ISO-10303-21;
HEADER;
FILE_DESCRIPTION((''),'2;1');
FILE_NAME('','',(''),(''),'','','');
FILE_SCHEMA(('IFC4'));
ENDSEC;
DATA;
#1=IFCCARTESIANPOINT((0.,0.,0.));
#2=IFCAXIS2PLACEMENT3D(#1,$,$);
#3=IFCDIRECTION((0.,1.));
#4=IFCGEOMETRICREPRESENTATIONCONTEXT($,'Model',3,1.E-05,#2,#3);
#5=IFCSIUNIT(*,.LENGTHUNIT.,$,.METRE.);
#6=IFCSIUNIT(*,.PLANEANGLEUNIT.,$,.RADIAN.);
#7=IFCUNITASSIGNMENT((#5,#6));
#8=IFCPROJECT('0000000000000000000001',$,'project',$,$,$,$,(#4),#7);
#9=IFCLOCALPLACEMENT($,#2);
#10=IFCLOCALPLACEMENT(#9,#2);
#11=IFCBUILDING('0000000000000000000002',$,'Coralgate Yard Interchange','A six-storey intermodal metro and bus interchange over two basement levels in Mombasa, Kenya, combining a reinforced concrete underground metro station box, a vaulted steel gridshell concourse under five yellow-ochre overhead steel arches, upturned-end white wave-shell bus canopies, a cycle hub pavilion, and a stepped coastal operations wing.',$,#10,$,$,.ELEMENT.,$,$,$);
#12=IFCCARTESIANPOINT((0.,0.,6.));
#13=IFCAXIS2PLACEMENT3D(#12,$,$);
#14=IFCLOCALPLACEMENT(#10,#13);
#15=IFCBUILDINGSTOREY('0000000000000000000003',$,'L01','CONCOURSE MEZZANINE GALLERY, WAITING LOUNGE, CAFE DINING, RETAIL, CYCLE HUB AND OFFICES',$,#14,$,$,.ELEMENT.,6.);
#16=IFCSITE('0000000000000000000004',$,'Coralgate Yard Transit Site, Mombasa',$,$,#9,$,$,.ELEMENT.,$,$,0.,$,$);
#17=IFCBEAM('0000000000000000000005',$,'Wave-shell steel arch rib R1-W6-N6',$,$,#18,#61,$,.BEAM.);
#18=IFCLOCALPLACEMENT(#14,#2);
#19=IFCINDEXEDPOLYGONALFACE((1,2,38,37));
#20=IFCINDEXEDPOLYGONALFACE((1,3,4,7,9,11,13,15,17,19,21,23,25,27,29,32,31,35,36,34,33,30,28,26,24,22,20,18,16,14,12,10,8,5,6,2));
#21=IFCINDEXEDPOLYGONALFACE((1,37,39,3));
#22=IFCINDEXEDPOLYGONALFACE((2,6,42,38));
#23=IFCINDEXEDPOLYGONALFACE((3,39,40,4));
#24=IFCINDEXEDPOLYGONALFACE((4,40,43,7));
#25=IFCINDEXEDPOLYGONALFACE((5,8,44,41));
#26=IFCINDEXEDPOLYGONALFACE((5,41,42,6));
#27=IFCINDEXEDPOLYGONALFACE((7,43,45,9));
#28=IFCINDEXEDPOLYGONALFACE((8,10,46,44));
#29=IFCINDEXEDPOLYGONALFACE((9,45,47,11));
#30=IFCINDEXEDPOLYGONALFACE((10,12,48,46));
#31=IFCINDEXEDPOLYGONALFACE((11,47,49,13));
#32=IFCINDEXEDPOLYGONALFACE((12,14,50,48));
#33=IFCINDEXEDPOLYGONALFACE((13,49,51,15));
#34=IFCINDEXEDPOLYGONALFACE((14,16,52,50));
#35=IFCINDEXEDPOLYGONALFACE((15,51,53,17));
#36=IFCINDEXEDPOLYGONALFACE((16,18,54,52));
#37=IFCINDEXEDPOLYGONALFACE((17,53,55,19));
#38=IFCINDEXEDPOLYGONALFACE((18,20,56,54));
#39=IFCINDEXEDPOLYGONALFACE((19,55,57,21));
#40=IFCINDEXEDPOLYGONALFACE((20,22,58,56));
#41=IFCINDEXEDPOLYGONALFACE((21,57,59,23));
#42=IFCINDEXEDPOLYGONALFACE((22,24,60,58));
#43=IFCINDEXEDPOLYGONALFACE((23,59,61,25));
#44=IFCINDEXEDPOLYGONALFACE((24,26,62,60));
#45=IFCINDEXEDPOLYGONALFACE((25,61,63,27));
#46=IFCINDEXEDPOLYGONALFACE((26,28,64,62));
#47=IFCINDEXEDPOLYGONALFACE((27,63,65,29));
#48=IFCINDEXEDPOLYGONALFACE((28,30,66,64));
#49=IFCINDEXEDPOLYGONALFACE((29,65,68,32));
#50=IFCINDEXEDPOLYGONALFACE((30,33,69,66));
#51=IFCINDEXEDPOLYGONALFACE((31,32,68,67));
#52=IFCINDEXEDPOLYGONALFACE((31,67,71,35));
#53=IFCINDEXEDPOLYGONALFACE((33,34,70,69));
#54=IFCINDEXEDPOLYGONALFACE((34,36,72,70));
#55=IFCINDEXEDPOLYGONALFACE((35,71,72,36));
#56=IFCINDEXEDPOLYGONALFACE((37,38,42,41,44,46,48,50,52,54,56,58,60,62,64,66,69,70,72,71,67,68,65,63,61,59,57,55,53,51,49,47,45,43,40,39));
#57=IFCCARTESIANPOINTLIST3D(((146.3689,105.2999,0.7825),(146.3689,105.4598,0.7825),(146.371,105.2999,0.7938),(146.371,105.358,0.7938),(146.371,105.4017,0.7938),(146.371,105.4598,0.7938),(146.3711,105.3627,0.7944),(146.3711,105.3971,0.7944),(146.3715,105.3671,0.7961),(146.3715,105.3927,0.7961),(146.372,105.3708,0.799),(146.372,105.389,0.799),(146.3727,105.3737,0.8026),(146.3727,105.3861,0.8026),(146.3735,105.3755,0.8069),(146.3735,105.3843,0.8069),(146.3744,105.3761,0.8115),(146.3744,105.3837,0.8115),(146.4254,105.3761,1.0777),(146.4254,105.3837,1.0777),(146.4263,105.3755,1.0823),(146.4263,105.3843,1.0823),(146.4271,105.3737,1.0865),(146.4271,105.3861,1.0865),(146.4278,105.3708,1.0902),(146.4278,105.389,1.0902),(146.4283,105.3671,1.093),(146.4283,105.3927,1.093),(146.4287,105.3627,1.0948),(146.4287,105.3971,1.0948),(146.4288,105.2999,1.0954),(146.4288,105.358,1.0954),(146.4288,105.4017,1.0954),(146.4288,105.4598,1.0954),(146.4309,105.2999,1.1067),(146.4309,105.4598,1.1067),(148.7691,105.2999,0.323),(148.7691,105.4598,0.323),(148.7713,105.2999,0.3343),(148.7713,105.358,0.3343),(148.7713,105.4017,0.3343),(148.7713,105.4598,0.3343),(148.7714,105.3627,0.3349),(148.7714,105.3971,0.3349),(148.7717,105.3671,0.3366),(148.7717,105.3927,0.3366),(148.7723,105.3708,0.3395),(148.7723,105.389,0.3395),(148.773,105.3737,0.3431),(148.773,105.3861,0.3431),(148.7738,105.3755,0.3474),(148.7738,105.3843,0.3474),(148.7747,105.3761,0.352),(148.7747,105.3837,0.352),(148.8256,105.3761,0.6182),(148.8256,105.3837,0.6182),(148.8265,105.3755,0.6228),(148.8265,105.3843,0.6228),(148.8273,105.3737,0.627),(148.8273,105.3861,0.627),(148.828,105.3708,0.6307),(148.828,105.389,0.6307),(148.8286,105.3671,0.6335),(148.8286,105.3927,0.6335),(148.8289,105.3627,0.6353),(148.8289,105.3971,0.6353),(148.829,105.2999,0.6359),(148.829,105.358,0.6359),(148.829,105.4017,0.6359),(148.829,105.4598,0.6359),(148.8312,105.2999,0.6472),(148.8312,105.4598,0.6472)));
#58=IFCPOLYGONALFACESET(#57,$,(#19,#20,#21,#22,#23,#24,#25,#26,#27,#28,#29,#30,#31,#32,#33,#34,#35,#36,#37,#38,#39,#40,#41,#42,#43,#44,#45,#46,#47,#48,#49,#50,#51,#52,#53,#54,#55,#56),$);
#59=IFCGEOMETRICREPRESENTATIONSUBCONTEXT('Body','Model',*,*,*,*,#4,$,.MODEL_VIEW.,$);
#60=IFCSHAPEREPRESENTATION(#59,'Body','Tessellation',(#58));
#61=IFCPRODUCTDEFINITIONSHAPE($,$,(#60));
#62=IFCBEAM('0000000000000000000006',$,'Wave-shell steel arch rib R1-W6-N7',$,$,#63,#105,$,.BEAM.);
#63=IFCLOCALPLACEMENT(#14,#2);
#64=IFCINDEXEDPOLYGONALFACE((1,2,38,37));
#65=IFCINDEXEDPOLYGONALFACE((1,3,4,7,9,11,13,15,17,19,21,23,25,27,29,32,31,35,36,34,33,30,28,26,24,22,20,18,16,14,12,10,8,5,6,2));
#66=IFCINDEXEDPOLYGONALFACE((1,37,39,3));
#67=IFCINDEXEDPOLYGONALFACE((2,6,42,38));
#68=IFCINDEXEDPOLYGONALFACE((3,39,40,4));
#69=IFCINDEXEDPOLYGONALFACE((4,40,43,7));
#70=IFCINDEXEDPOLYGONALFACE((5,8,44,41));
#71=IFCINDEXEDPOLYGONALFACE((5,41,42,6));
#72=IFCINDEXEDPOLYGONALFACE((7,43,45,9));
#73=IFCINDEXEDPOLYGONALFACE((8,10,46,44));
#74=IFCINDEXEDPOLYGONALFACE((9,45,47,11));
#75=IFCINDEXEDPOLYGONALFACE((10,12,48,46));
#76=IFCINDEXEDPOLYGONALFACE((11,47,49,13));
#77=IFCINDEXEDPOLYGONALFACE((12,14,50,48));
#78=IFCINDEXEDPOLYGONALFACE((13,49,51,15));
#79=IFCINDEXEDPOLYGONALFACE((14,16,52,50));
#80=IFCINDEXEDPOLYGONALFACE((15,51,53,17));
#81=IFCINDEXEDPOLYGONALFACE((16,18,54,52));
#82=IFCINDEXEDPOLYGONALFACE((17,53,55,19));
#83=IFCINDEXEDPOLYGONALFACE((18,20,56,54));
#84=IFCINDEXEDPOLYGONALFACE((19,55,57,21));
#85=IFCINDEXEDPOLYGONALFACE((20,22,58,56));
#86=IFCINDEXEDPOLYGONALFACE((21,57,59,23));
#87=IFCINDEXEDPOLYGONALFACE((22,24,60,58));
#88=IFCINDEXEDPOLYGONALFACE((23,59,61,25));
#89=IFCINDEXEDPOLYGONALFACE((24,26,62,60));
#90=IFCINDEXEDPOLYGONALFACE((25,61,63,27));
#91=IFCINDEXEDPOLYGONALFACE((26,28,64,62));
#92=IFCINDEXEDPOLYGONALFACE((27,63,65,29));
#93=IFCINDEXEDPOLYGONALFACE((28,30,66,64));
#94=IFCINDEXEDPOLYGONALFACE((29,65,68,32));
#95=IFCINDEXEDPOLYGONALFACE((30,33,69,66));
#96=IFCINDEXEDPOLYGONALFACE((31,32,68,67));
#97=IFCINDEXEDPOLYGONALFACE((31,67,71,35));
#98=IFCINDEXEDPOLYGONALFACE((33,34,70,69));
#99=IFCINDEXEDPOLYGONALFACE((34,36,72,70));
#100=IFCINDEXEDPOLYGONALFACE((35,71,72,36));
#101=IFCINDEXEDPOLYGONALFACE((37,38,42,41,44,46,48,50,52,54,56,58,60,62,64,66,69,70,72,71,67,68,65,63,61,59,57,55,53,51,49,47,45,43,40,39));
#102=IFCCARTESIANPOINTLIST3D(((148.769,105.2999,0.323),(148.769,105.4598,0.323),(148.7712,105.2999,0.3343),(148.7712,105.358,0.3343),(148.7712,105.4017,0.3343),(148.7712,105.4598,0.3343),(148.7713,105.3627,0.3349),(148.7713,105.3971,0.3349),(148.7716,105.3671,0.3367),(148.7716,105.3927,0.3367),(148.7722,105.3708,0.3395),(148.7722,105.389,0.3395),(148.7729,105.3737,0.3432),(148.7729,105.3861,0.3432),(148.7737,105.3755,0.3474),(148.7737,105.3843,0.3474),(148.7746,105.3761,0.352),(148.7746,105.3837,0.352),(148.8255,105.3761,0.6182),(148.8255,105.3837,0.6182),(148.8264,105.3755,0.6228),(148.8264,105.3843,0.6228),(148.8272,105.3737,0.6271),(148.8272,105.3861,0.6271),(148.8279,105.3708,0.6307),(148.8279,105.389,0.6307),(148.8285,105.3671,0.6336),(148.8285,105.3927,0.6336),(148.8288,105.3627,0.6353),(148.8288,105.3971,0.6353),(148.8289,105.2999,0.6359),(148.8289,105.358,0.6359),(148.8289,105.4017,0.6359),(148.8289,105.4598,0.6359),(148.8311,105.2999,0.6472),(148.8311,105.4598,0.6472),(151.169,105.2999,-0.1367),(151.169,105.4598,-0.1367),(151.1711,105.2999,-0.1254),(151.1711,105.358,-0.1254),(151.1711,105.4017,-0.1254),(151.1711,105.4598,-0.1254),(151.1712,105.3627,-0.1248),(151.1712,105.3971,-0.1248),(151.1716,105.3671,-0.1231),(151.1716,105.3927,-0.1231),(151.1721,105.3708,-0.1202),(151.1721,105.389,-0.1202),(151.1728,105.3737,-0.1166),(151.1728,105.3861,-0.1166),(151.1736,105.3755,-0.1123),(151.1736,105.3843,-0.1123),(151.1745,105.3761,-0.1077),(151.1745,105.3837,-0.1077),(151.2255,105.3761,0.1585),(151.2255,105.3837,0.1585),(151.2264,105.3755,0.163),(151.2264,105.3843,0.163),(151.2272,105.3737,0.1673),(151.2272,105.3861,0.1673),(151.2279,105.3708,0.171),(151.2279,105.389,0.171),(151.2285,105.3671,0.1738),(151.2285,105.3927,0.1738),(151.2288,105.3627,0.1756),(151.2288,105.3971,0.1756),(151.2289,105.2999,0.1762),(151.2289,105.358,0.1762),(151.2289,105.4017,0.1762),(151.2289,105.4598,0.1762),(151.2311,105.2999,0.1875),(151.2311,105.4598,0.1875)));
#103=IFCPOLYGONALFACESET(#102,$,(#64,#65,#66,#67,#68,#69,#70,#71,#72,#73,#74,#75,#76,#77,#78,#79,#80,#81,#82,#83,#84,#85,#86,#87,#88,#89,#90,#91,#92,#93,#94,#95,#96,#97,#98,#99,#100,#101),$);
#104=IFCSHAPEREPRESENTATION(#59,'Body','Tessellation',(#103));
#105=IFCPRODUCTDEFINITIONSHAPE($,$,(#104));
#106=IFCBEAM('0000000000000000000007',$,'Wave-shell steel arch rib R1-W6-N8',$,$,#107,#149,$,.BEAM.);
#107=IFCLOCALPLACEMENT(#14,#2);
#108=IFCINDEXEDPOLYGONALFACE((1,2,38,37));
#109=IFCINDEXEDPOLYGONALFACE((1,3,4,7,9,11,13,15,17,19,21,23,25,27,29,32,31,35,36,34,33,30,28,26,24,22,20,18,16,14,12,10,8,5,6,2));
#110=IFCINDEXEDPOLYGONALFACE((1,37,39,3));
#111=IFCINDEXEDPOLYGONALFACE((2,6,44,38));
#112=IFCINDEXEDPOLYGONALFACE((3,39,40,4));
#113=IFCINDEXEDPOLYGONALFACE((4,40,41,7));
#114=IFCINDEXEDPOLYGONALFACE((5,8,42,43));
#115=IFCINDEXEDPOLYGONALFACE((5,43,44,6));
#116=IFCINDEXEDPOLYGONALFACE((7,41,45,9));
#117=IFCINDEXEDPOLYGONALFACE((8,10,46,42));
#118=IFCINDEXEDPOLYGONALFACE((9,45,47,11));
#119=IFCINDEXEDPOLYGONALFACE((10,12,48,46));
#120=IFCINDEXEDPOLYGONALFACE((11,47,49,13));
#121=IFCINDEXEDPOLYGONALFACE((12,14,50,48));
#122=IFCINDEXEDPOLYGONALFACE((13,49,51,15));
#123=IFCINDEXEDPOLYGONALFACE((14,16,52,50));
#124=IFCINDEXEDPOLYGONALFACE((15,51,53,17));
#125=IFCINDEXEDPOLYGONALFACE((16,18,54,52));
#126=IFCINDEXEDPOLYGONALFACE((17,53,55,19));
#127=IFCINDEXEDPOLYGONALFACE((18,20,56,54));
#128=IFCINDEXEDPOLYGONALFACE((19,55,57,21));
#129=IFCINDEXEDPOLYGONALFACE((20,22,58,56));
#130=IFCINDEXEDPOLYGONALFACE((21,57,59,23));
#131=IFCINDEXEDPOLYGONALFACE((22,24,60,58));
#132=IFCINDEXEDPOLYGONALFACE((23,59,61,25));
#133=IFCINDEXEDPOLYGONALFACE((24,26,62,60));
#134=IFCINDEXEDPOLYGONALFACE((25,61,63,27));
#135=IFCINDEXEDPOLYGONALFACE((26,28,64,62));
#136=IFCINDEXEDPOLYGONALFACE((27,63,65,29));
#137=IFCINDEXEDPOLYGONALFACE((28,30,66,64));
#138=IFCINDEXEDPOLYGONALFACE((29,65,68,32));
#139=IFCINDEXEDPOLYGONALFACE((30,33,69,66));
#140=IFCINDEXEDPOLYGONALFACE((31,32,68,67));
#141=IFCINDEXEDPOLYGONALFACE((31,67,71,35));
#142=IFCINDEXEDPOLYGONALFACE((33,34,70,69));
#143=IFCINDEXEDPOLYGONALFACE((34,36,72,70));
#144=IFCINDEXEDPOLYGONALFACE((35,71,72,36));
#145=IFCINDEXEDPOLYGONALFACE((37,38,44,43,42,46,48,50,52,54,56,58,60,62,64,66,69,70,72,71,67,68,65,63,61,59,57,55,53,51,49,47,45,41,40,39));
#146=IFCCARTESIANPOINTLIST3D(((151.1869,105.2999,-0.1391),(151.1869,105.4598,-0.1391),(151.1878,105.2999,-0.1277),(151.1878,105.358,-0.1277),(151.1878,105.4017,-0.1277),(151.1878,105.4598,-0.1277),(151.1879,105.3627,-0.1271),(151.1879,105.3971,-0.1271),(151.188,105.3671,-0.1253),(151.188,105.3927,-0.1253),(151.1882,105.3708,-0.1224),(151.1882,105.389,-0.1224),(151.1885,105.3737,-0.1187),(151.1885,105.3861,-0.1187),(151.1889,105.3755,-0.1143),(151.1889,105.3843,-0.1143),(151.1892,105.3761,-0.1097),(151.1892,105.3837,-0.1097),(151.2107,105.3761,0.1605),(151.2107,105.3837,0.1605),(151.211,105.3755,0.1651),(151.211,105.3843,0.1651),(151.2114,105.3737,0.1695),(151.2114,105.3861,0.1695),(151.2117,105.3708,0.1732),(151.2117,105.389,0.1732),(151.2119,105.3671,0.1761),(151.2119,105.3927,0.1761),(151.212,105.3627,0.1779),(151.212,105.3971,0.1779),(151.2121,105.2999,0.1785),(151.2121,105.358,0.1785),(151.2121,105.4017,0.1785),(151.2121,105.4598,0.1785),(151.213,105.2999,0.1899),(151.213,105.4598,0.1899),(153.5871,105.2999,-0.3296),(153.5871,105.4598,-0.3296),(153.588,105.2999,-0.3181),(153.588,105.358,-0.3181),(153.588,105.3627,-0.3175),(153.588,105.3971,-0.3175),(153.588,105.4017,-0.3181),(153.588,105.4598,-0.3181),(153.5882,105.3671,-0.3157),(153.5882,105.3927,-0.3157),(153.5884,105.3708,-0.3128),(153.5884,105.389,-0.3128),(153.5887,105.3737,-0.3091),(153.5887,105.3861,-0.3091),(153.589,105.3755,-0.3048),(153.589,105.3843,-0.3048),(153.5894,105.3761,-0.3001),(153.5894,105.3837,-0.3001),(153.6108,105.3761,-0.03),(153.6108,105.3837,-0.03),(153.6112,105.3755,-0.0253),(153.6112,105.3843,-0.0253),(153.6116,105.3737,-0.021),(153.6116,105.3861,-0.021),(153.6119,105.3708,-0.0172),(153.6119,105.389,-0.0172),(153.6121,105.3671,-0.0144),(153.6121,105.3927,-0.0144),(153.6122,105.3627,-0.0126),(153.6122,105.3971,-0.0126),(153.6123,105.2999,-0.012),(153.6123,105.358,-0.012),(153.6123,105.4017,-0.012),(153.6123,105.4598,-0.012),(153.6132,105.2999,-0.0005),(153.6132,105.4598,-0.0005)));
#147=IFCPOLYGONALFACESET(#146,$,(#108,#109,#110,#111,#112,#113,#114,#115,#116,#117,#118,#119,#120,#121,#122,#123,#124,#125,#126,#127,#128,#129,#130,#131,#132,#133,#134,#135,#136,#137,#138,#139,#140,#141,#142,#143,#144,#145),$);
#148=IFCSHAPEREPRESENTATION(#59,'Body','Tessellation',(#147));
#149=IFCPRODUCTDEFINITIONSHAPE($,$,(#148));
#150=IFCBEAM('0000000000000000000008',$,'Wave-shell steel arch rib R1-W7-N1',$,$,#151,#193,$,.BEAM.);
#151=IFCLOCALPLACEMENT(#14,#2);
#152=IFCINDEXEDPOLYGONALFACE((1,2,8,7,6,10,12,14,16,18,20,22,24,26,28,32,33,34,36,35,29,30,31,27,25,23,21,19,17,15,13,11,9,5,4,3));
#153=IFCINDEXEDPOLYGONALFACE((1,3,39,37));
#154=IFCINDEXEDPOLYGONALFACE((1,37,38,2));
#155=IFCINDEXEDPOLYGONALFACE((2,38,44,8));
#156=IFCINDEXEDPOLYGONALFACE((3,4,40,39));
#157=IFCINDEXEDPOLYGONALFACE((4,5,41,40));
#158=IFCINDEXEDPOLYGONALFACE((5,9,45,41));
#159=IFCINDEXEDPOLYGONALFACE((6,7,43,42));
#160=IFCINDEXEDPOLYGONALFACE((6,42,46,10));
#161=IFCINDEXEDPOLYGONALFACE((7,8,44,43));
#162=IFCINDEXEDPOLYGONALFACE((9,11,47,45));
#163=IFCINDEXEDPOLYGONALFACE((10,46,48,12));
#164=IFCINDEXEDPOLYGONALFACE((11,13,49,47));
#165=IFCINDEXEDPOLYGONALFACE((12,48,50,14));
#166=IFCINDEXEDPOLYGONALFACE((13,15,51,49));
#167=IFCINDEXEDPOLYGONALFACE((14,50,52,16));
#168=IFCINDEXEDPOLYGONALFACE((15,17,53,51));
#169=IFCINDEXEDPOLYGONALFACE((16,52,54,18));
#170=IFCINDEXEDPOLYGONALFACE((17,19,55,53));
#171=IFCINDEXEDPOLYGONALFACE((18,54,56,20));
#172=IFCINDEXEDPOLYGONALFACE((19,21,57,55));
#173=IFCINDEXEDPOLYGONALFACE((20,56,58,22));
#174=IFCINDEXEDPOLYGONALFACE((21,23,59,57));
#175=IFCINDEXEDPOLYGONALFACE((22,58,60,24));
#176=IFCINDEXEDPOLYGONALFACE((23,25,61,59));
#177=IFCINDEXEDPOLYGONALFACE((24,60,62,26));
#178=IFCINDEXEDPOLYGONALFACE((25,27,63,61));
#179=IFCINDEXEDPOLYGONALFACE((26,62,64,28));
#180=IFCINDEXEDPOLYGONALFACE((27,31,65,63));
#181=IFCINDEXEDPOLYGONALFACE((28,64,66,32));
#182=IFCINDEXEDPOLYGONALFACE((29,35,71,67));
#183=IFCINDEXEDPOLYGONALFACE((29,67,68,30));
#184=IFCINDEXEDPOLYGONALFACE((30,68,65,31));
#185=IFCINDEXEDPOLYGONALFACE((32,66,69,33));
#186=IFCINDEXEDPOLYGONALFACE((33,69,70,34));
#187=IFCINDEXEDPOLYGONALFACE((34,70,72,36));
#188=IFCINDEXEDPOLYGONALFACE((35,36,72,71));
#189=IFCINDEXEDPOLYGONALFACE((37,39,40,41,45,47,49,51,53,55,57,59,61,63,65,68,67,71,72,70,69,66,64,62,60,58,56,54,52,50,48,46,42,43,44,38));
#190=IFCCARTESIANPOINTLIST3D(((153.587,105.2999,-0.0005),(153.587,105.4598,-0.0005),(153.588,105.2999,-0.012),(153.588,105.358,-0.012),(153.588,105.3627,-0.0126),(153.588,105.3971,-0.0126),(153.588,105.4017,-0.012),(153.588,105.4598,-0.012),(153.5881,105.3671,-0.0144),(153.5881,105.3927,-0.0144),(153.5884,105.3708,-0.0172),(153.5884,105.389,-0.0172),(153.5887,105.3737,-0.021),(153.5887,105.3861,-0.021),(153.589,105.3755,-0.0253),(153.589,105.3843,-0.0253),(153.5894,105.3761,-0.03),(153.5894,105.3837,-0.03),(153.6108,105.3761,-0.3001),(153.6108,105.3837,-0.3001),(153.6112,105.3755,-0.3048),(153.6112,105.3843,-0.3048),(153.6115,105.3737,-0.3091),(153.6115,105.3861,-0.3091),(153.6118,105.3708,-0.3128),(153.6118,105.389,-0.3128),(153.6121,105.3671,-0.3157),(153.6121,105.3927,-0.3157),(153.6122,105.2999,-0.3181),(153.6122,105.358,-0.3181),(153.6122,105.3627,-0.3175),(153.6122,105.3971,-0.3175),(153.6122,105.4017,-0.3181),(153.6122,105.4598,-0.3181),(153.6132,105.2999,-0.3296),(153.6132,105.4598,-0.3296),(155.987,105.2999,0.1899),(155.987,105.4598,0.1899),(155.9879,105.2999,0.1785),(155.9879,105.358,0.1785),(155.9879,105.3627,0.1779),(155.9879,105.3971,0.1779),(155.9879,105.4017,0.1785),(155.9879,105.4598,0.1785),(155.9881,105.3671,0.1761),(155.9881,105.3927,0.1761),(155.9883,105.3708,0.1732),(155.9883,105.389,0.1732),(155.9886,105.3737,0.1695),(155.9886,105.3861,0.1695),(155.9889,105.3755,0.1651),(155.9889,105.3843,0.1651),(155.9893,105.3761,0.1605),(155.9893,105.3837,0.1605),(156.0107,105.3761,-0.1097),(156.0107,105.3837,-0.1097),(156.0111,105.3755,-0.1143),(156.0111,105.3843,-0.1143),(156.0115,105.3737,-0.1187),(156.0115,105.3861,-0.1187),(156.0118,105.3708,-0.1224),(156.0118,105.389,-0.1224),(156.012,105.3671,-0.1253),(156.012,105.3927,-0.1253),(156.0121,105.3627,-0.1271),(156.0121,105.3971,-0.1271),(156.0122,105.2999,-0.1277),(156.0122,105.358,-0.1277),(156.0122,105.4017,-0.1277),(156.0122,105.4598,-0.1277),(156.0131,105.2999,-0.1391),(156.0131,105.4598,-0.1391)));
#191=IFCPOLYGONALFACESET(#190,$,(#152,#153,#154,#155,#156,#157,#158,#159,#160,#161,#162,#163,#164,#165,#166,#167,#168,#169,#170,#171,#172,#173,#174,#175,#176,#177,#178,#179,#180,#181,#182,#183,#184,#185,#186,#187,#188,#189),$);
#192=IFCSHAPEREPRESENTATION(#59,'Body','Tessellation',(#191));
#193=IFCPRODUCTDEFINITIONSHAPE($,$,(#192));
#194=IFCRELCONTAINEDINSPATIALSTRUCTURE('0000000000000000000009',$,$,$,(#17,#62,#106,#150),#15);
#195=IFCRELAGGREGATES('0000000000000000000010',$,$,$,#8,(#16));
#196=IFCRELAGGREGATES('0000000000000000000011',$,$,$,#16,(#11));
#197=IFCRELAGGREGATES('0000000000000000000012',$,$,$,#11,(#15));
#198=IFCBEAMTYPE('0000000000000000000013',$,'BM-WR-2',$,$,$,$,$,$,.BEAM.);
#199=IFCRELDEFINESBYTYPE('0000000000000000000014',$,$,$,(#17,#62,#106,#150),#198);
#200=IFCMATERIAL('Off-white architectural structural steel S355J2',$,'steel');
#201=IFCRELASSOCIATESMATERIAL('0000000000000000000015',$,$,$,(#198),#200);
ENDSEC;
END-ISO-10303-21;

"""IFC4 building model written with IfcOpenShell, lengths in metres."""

from ifc_helpers import new_model, si_unit, direction, frame, origin, origin_2d, place, context, subcontext, project, spatial, i_section, extrude, material, material_profile, profile_set, type_object, element, save


model = new_model("IFC4")

# Units and contexts
model_context = context("Model", 3, precision=1e-05, world=origin(), true_north=direction((0.0, 1.0)))
body_context = subcontext(model_context, "Body", "Model", "MODEL_VIEW")
ifc_project = project(units=[si_unit("LENGTHUNIT", "METRE"), si_unit("PLANEANGLEUNIT", "RADIAN")], contexts=[model_context])

# Site, building, storey
site_placement = place(None, origin())
site = spatial("IfcSite", under=ifc_project, at=site_placement, Name="Coralgate Yard Transit Site, Mombasa", CompositionType="ELEMENT", RefElevation=0.0)
building_placement = place(site_placement, origin())
building = spatial("IfcBuilding", under=site, at=building_placement, Name="Coralgate Yard Interchange", Description="A six-storey intermodal metro and bus interchange over two basement levels in Mombasa, Kenya, combining a reinforced concrete underground metro station box, a vaulted steel gridshell concourse under five yellow-ochre overhead steel arches, upturned-end white wave-shell bus canopies, a cycle hub pavilion, and a stepped coastal operations wing.", CompositionType="ELEMENT")
storey_placement = place(building_placement, frame((0.0, 0.0, 6.0)))
storey = spatial("IfcBuildingStorey", under=building, at=storey_placement, Name="L01", Description="CONCOURSE MEZZANINE GALLERY, WAITING LOUNGE, CAFE DINING, RETAIL, CYCLE HUB AND OFFICES", CompositionType="ELEMENT", Elevation=6.0)

# Beams
ifc_material_1 = material(Name="Off-white architectural structural steel S355J2", Category="steel")
ifc_material_profile_1 = material_profile(ifc_material_1, i_section(OverallWidth=0.1599, OverallDepth=0.3301, WebThickness=0.0076, FlangeThickness=0.0115, FilletRadius=0.0181, at=origin_2d()), Name="IPE 330")
ifc_profile_set_1 = profile_set([ifc_material_profile_1], Name="Off-white architectural structural steel S355J2")
beam_type_1 = type_object("IfcBeamType", Name="BM-WR-2", PredefinedType="BEAM", material=ifc_profile_set_1)
beam_1_placement = place(storey_placement, frame((146.3999, 105.3799, 0.9446), z_axis=(0.982165, 0.0, -0.188021), x_axis=(0.0, 1.0, 0.0)))
element("IfcBeam", 1, at=beam_1_placement, inside=storey, type_object=beam_type_1, Name="Wave-shell steel arch rib R1-W6-N6", PredefinedType="BEAM", context=body_context, shape_type="SweptSolid", body=[
    extrude(i_section(OverallWidth=0.1599, OverallDepth=0.3301, WebThickness=0.0076, FlangeThickness=0.0115, FilletRadius=0.0181, at=origin_2d()), origin(), (0.0, 0.0, 1.0), 2.4438),
])
beam_2_placement = place(storey_placement, frame((148.8, 105.3799, 0.4851), z_axis=(0.982143, 0.0, -0.188136), x_axis=(0.0, 1.0, 0.0)))
element("IfcBeam", 2, at=beam_2_placement, inside=storey, type_object=beam_type_1, Name="Wave-shell steel arch rib R1-W6-N7", PredefinedType="BEAM", context=body_context, shape_type="SweptSolid", body=[
    extrude(i_section(OverallWidth=0.1599, OverallDepth=0.3301, WebThickness=0.0076, FlangeThickness=0.0115, FilletRadius=0.0181, at=origin_2d()), origin(), (0.0, 0.0, 1.0), 2.4436),
])
beam_3_placement = place(storey_placement, frame((151.2, 105.3799, 0.0254), z_axis=(0.996867, 0.0, -0.079092), x_axis=(0.0, 1.0, 0.0)))
element("IfcBeam", 3, at=beam_3_placement, inside=storey, type_object=beam_type_1, Name="Wave-shell steel arch rib R1-W6-N8", PredefinedType="BEAM", context=body_context, shape_type="SweptSolid", body=[
    extrude(i_section(OverallWidth=0.1599, OverallDepth=0.3301, WebThickness=0.0076, FlangeThickness=0.0115, FilletRadius=0.0181, at=origin_2d()), origin(), (0.0, 0.0, 1.0), 2.4077),
])
for number, where, z_axis, x_axis, name in (
    (4, (153.6001, 105.3799, -0.165), (0.996867, 0.0, 0.0791), (0.0, 1.0, 0.0), "Wave-shell steel arch rib R1-W7-N1"),
):
    element("IfcBeam", number, at=place(storey_placement, frame(where, z_axis=z_axis, x_axis=x_axis)), inside=storey, type_object=beam_type_1, Name=name, PredefinedType="BEAM", context=body_context, shape_type="SweptSolid", body=[
        extrude(i_section(OverallWidth=0.1599, OverallDepth=0.3301, WebThickness=0.0076, FlangeThickness=0.0115, FilletRadius=0.0181, at=origin_2d()), origin(), (0.0, 0.0, 1.0), 2.4075),
    ])

save(model, "model.ifc")
